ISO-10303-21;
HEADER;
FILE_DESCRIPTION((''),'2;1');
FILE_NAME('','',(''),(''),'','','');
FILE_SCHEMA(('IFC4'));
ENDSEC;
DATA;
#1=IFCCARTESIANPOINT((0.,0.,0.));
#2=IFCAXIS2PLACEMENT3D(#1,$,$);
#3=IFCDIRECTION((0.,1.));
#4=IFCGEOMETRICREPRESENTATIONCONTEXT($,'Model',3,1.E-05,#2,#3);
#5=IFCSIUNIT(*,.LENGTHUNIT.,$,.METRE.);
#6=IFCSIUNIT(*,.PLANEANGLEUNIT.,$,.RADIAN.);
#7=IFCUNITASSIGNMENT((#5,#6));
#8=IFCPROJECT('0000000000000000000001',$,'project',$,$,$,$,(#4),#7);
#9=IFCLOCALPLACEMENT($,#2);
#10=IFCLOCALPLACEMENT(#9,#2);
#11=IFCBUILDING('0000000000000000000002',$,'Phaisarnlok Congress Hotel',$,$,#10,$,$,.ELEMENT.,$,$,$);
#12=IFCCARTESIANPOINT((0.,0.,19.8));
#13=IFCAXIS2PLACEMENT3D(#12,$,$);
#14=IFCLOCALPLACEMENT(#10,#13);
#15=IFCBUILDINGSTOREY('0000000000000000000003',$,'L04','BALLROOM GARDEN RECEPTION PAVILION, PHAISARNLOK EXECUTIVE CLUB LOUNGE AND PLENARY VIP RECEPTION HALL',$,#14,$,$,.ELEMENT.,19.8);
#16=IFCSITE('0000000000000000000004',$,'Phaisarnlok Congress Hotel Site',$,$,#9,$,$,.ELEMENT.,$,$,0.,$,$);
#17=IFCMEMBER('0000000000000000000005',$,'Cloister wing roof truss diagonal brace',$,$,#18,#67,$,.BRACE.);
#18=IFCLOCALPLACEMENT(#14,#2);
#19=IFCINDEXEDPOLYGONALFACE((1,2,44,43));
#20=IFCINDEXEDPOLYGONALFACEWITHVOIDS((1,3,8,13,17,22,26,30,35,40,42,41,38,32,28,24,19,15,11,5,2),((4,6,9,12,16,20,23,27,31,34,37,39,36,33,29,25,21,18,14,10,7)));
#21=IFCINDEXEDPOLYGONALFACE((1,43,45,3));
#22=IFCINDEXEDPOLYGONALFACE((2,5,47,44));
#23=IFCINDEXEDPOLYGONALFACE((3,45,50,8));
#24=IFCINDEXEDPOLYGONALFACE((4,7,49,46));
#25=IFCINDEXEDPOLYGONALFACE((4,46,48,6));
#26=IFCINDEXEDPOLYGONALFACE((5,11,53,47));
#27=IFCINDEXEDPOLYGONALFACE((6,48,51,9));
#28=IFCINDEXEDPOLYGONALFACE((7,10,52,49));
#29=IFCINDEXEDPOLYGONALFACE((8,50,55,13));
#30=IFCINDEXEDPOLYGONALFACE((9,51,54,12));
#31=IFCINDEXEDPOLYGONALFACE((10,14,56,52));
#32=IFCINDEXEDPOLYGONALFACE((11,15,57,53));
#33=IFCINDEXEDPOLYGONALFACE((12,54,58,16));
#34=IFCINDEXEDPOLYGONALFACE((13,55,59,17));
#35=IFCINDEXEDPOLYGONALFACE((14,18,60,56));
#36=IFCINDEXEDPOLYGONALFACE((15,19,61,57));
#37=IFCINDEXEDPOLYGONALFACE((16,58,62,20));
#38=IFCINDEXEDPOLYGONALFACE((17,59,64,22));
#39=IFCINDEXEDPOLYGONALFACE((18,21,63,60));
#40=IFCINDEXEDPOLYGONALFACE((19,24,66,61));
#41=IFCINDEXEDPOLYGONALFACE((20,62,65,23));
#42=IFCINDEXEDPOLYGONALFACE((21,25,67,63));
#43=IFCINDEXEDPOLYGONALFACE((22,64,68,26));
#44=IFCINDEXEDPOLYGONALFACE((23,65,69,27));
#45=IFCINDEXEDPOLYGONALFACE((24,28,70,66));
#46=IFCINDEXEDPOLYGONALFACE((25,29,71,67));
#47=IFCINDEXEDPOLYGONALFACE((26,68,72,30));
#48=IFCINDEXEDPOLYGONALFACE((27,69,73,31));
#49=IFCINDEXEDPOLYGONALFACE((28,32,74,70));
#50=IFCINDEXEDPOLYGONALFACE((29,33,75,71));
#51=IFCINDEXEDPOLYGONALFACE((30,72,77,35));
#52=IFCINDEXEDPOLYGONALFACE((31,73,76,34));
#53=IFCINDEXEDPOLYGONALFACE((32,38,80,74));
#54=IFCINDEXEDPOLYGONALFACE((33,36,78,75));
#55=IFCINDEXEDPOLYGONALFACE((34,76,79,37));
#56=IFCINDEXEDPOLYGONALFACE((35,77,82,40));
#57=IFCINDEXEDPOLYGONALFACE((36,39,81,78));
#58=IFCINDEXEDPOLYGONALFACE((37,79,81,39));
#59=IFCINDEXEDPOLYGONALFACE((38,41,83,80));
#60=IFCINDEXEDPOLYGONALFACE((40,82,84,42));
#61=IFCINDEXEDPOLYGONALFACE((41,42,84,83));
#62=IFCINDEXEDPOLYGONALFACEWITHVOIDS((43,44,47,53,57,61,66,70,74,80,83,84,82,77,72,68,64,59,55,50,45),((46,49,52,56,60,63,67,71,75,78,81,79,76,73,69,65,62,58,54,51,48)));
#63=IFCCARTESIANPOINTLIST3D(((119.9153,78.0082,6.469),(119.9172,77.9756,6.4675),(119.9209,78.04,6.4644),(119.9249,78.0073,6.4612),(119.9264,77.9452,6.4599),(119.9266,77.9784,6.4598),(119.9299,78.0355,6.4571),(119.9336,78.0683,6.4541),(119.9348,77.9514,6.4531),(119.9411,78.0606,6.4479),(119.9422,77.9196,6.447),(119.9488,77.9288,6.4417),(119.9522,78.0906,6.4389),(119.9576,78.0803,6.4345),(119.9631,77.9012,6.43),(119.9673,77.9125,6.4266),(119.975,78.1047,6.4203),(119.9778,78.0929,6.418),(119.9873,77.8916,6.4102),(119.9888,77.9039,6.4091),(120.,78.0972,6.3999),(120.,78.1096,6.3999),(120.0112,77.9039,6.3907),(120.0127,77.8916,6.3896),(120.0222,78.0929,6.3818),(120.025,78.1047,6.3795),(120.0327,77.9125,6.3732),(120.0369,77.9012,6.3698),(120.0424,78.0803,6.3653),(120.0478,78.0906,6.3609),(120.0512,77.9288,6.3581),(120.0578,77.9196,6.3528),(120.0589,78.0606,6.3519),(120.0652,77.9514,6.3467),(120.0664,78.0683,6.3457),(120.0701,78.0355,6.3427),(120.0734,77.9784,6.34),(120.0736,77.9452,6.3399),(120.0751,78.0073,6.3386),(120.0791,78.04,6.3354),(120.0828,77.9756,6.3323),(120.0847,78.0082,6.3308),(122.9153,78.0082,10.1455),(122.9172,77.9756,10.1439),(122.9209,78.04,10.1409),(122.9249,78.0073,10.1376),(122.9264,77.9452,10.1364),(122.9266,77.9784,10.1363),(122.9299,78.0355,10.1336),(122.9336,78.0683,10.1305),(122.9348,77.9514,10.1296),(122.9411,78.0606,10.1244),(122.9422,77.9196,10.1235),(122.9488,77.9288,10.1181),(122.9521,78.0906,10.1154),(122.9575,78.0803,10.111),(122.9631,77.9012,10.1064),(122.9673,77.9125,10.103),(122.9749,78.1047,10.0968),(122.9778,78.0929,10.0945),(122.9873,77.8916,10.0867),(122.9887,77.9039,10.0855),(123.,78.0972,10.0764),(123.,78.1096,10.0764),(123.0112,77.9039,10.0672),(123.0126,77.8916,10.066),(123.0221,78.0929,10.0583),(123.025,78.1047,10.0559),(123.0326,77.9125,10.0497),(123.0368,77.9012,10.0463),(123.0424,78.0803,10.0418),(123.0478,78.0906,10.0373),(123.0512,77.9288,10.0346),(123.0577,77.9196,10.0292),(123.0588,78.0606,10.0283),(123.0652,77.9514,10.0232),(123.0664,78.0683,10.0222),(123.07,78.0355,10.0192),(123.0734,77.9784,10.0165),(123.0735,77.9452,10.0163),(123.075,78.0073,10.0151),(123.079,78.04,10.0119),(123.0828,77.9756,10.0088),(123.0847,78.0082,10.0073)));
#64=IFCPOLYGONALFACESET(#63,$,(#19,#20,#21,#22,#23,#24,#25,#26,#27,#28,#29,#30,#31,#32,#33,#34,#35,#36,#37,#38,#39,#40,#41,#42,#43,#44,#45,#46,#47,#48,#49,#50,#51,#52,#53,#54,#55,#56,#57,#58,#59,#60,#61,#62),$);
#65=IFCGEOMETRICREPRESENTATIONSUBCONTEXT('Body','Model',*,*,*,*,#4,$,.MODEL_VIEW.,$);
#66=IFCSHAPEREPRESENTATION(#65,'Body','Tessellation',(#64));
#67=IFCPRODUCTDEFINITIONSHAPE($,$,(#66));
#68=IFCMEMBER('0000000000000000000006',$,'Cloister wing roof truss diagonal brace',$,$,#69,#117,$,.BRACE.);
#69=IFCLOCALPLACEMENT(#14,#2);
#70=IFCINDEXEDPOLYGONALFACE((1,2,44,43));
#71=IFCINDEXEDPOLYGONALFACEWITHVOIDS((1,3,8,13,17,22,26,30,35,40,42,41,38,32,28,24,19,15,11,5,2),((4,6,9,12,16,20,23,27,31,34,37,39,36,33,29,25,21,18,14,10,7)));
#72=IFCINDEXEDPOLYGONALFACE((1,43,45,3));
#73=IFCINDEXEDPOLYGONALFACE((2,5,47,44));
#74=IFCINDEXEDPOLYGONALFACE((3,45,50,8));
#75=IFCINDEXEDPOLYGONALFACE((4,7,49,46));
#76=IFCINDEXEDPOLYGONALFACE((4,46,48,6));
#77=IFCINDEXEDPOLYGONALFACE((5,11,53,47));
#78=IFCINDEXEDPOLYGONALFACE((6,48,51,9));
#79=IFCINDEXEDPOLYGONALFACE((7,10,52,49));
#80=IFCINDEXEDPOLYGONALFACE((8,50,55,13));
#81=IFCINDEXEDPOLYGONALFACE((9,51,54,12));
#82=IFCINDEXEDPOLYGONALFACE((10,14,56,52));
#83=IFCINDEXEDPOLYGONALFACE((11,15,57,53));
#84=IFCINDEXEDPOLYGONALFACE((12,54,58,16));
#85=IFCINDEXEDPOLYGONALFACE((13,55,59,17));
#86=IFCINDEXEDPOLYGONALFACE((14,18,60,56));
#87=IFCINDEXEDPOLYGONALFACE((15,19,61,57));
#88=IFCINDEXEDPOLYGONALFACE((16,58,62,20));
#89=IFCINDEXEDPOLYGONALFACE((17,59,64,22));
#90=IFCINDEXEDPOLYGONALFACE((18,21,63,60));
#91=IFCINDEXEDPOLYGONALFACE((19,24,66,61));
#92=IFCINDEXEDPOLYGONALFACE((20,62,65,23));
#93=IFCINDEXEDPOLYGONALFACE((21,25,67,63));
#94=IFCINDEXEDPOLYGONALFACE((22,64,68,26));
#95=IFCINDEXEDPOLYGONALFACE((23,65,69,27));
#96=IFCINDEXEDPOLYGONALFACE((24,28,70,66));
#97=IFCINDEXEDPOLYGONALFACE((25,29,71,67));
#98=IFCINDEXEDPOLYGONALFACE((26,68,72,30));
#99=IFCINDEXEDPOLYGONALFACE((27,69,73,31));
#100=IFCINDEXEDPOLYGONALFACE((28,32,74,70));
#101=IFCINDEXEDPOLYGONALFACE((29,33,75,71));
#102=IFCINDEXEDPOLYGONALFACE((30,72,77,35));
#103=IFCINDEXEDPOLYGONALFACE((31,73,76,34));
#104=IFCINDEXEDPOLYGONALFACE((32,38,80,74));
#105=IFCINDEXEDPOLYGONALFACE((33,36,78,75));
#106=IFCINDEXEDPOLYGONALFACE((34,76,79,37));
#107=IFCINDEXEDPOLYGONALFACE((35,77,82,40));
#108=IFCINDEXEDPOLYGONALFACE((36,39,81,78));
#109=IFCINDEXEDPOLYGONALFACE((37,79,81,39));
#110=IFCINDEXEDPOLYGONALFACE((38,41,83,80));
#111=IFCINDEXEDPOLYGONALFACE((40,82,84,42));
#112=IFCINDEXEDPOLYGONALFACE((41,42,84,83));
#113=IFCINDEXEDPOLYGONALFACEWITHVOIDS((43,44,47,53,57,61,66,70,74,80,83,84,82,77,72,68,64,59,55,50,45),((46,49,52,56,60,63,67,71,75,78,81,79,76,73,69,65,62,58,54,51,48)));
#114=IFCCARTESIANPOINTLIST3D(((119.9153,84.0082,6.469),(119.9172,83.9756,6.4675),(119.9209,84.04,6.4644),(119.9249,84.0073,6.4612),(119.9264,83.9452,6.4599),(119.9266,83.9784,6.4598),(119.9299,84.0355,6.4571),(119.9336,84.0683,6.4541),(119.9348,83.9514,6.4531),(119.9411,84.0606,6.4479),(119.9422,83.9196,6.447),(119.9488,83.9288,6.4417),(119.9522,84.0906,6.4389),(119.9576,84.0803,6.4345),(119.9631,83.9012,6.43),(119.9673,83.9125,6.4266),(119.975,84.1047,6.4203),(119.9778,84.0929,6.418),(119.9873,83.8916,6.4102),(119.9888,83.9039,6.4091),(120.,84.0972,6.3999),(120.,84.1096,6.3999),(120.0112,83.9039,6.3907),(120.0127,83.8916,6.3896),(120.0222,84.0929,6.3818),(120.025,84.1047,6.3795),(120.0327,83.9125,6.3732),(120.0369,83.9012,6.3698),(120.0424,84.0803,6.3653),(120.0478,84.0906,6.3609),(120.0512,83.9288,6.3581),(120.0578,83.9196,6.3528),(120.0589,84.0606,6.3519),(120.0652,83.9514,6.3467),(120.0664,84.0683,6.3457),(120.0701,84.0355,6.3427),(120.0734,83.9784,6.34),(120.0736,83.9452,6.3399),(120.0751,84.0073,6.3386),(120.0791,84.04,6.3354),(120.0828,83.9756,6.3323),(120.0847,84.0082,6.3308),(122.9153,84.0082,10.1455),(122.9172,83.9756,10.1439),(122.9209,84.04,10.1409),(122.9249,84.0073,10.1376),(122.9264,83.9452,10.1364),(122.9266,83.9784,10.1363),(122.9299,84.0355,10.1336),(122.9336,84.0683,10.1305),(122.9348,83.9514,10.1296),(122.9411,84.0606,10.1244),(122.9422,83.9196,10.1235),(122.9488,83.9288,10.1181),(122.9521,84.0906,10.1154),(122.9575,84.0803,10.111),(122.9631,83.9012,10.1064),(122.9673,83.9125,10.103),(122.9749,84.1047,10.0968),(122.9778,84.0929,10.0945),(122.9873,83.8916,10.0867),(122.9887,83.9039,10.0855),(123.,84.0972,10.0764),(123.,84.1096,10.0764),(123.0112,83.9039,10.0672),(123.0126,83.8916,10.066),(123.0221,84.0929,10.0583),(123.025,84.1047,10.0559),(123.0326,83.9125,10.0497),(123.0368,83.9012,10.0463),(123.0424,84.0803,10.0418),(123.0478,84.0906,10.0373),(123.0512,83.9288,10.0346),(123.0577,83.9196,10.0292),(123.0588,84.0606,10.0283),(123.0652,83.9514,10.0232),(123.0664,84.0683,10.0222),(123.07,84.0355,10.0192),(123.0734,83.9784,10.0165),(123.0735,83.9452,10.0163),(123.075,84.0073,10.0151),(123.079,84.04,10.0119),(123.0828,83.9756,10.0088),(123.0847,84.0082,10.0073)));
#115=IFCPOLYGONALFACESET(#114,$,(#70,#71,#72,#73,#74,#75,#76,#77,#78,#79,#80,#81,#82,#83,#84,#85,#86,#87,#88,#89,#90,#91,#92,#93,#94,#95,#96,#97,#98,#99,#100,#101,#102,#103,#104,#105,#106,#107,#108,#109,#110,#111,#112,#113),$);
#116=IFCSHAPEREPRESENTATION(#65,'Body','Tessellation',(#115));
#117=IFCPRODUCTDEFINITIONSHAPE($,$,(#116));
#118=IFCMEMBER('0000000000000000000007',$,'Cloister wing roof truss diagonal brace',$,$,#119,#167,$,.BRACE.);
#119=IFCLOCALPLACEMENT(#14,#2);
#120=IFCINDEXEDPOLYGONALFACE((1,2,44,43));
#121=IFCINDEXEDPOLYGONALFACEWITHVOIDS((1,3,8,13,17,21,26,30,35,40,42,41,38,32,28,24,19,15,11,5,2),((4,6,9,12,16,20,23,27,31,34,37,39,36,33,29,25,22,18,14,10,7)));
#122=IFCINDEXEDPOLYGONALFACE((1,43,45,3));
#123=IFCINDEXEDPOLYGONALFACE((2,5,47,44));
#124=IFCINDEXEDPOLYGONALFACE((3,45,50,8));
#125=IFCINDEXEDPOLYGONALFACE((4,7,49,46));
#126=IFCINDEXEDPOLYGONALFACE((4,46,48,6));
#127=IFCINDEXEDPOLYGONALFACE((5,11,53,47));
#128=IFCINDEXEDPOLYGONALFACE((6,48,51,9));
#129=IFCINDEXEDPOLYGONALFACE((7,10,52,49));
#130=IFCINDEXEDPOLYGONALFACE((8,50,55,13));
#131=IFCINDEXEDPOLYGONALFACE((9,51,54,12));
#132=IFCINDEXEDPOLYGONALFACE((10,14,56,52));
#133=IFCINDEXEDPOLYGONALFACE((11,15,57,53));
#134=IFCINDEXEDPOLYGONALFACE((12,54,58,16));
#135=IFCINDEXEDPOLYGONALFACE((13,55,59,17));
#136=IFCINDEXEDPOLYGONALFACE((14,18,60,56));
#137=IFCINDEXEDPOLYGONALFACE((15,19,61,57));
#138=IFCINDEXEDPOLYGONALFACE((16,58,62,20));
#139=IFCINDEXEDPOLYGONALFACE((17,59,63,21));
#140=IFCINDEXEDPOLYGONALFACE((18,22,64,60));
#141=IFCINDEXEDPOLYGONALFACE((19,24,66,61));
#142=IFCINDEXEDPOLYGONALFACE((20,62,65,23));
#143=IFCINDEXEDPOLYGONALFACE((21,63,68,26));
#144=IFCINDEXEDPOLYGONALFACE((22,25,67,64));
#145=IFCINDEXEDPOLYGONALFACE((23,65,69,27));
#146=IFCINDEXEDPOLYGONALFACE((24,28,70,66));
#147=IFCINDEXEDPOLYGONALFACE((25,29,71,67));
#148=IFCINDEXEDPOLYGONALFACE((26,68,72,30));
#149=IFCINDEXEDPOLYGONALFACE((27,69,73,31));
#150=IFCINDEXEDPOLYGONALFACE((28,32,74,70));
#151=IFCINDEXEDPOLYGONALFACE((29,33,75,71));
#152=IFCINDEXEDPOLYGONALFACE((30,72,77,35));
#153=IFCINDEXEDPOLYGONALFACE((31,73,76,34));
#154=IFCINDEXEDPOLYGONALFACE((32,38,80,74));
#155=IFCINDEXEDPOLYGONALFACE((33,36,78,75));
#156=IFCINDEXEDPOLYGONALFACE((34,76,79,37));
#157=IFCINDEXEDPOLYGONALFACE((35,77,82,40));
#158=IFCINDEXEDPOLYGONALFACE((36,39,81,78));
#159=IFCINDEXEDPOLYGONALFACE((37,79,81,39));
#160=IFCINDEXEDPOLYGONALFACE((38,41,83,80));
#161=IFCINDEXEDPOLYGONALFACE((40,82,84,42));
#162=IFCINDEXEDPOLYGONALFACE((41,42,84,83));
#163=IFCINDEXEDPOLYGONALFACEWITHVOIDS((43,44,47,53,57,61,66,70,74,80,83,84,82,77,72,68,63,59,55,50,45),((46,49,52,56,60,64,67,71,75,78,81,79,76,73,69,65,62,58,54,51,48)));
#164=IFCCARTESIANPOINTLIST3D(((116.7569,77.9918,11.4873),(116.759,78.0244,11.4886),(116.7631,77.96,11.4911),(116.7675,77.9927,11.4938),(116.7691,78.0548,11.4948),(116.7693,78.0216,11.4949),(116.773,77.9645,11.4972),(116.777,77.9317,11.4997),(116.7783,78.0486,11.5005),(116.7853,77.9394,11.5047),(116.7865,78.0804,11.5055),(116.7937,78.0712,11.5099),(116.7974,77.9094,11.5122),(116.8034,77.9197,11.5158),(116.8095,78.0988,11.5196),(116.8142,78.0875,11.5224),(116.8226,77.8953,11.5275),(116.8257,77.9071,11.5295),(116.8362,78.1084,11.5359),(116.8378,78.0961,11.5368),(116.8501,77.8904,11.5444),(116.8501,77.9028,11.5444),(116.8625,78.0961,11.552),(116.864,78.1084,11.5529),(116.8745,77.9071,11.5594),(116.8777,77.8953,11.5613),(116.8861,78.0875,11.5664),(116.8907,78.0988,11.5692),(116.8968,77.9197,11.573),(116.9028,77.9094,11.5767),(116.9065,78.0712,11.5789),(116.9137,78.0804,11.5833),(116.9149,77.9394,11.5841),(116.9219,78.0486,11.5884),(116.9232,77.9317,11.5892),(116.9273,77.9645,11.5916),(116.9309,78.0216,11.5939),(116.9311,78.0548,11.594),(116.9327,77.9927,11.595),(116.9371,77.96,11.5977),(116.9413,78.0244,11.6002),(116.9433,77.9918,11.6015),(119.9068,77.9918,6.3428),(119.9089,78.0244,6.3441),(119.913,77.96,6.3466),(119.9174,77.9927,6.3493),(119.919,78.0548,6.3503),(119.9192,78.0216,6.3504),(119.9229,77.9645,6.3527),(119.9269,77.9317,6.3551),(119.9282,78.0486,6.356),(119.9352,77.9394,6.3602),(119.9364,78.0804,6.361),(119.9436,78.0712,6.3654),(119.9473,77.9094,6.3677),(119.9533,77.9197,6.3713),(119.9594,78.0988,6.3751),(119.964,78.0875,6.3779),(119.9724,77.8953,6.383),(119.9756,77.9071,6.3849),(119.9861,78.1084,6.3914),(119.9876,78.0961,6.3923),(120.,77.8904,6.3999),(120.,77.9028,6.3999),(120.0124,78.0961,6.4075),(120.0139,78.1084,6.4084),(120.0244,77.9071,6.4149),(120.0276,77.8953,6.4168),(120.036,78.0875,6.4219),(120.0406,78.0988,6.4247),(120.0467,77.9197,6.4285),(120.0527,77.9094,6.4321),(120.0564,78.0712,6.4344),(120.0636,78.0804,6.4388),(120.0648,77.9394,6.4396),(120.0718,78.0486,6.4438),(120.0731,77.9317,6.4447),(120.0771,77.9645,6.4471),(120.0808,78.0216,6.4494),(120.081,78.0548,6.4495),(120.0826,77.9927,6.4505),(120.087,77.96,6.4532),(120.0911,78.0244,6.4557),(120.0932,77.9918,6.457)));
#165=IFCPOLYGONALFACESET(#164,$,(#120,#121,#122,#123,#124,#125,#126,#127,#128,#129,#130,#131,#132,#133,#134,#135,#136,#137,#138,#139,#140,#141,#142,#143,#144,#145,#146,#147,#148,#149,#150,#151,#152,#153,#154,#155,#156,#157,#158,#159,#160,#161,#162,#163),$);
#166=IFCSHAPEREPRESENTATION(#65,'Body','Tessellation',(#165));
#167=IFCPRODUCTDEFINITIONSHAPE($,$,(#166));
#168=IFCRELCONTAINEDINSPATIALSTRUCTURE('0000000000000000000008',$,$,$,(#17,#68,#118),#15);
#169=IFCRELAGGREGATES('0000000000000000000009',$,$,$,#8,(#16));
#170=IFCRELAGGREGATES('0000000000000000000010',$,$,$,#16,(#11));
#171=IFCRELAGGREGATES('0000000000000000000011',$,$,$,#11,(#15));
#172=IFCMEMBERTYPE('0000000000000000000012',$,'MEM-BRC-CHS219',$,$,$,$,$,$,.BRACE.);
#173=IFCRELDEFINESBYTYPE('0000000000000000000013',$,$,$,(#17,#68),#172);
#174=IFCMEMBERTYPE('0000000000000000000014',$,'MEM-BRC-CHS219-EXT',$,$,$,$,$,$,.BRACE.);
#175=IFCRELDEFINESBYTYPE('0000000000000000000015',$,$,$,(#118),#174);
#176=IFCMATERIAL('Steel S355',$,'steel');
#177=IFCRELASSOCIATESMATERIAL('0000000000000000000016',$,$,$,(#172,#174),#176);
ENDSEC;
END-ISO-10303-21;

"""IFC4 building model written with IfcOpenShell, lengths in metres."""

from ifc_helpers import new_model, si_unit, direction, frame, origin, origin_2d, place, context, subcontext, project, spatial, hollow_circle, extrude, material, material_profile, profile_set, type_object, element, save


model = new_model("IFC4")

# Units and contexts
model_context = context("Model", 3, precision=1e-05, world=origin(), true_north=direction((0.0, 1.0)))
body_context = subcontext(model_context, "Body", "Model", "MODEL_VIEW")
ifc_project = project(units=[si_unit("LENGTHUNIT", "METRE"), si_unit("PLANEANGLEUNIT", "RADIAN")], contexts=[model_context])

# Site, building, storey
site_placement = place(None, origin())
site = spatial("IfcSite", under=ifc_project, at=site_placement, Name="Phaisarnlok Congress Hotel Site", CompositionType="ELEMENT", RefElevation=0.0)
building_placement = place(site_placement, origin())
building = spatial("IfcBuilding", under=site, at=building_placement, Name="Phaisarnlok Congress Hotel", CompositionType="ELEMENT")
storey_placement = place(building_placement, frame((0.0, 0.0, 19.8)))
storey = spatial("IfcBuildingStorey", under=building, at=storey_placement, Name="L04", Description="BALLROOM GARDEN RECEPTION PAVILION, PHAISARNLOK EXECUTIVE CLUB LOUNGE AND PLENARY VIP RECEPTION HALL", CompositionType="ELEMENT", Elevation=19.8)

# Shared definitions
ifc_material_1 = material(Name="Steel S355", Category="steel")

# Members
ifc_material_profile_1 = material_profile(ifc_material_1, hollow_circle(Radius=0.1096, WallThickness=0.0125, at=origin_2d()), Name="CHS 219.1x12.5")
ifc_profile_set_1 = profile_set([ifc_material_profile_1], Name="Steel S355")
member_type_1 = type_object("IfcMemberType", Name="MEM-BRC-CHS219", PredefinedType="BRACE", material=ifc_profile_set_1)
for number, where, z_axis, x_axis, name in (
    (1, (120.0, 78.0, 6.3999), (0.63222, 0.0, 0.774789), (0.0, 1.0, 0.0), "Cloister wing roof truss diagonal brace"),
    (2, (120.0, 84.0, 6.3999), (0.63222, 0.0, 0.774789), (0.0, 1.0, 0.0), "Cloister wing roof truss diagonal brace"),
):
    element("IfcMember", number, at=place(storey_placement, frame(where, z_axis=z_axis, x_axis=x_axis)), inside=storey, type_object=member_type_1, Name=name, PredefinedType="BRACE", context=body_context, shape_type="SweptSolid", body=[
        extrude(hollow_circle(Radius=0.1096, WallThickness=0.0125, at=origin_2d()), origin(), (0.0, 0.0, 1.0), 4.7451),
    ])
ifc_material_profile_2 = material_profile(ifc_material_1, hollow_circle(Radius=0.1096, WallThickness=0.0125, at=origin_2d()), Name="CHS 219.1x12.5")
ifc_profile_set_2 = profile_set([ifc_material_profile_2], Name="Steel S355")
member_type_2 = type_object("IfcMemberType", Name="MEM-BRC-CHS219-EXT", PredefinedType="BRACE", material=ifc_profile_set_2)
for number, where, z_axis, x_axis, name in (
    (3, (120.0, 78.0, 6.3999), (-0.522177, 0.0, 0.852837), (0.0, -1.0, 0.0), "Cloister wing roof truss diagonal brace"),
):
    element("IfcMember", number, at=place(storey_placement, frame(where, z_axis=z_axis, x_axis=x_axis)), inside=storey, type_object=member_type_2, Name=name, PredefinedType="BRACE", context=body_context, shape_type="SweptSolid", body=[
        extrude(hollow_circle(Radius=0.1096, WallThickness=0.0125, at=origin_2d()), origin(), (0.0, 0.0, 1.0), 6.0322),
    ])

save(model, "model.ifc")
